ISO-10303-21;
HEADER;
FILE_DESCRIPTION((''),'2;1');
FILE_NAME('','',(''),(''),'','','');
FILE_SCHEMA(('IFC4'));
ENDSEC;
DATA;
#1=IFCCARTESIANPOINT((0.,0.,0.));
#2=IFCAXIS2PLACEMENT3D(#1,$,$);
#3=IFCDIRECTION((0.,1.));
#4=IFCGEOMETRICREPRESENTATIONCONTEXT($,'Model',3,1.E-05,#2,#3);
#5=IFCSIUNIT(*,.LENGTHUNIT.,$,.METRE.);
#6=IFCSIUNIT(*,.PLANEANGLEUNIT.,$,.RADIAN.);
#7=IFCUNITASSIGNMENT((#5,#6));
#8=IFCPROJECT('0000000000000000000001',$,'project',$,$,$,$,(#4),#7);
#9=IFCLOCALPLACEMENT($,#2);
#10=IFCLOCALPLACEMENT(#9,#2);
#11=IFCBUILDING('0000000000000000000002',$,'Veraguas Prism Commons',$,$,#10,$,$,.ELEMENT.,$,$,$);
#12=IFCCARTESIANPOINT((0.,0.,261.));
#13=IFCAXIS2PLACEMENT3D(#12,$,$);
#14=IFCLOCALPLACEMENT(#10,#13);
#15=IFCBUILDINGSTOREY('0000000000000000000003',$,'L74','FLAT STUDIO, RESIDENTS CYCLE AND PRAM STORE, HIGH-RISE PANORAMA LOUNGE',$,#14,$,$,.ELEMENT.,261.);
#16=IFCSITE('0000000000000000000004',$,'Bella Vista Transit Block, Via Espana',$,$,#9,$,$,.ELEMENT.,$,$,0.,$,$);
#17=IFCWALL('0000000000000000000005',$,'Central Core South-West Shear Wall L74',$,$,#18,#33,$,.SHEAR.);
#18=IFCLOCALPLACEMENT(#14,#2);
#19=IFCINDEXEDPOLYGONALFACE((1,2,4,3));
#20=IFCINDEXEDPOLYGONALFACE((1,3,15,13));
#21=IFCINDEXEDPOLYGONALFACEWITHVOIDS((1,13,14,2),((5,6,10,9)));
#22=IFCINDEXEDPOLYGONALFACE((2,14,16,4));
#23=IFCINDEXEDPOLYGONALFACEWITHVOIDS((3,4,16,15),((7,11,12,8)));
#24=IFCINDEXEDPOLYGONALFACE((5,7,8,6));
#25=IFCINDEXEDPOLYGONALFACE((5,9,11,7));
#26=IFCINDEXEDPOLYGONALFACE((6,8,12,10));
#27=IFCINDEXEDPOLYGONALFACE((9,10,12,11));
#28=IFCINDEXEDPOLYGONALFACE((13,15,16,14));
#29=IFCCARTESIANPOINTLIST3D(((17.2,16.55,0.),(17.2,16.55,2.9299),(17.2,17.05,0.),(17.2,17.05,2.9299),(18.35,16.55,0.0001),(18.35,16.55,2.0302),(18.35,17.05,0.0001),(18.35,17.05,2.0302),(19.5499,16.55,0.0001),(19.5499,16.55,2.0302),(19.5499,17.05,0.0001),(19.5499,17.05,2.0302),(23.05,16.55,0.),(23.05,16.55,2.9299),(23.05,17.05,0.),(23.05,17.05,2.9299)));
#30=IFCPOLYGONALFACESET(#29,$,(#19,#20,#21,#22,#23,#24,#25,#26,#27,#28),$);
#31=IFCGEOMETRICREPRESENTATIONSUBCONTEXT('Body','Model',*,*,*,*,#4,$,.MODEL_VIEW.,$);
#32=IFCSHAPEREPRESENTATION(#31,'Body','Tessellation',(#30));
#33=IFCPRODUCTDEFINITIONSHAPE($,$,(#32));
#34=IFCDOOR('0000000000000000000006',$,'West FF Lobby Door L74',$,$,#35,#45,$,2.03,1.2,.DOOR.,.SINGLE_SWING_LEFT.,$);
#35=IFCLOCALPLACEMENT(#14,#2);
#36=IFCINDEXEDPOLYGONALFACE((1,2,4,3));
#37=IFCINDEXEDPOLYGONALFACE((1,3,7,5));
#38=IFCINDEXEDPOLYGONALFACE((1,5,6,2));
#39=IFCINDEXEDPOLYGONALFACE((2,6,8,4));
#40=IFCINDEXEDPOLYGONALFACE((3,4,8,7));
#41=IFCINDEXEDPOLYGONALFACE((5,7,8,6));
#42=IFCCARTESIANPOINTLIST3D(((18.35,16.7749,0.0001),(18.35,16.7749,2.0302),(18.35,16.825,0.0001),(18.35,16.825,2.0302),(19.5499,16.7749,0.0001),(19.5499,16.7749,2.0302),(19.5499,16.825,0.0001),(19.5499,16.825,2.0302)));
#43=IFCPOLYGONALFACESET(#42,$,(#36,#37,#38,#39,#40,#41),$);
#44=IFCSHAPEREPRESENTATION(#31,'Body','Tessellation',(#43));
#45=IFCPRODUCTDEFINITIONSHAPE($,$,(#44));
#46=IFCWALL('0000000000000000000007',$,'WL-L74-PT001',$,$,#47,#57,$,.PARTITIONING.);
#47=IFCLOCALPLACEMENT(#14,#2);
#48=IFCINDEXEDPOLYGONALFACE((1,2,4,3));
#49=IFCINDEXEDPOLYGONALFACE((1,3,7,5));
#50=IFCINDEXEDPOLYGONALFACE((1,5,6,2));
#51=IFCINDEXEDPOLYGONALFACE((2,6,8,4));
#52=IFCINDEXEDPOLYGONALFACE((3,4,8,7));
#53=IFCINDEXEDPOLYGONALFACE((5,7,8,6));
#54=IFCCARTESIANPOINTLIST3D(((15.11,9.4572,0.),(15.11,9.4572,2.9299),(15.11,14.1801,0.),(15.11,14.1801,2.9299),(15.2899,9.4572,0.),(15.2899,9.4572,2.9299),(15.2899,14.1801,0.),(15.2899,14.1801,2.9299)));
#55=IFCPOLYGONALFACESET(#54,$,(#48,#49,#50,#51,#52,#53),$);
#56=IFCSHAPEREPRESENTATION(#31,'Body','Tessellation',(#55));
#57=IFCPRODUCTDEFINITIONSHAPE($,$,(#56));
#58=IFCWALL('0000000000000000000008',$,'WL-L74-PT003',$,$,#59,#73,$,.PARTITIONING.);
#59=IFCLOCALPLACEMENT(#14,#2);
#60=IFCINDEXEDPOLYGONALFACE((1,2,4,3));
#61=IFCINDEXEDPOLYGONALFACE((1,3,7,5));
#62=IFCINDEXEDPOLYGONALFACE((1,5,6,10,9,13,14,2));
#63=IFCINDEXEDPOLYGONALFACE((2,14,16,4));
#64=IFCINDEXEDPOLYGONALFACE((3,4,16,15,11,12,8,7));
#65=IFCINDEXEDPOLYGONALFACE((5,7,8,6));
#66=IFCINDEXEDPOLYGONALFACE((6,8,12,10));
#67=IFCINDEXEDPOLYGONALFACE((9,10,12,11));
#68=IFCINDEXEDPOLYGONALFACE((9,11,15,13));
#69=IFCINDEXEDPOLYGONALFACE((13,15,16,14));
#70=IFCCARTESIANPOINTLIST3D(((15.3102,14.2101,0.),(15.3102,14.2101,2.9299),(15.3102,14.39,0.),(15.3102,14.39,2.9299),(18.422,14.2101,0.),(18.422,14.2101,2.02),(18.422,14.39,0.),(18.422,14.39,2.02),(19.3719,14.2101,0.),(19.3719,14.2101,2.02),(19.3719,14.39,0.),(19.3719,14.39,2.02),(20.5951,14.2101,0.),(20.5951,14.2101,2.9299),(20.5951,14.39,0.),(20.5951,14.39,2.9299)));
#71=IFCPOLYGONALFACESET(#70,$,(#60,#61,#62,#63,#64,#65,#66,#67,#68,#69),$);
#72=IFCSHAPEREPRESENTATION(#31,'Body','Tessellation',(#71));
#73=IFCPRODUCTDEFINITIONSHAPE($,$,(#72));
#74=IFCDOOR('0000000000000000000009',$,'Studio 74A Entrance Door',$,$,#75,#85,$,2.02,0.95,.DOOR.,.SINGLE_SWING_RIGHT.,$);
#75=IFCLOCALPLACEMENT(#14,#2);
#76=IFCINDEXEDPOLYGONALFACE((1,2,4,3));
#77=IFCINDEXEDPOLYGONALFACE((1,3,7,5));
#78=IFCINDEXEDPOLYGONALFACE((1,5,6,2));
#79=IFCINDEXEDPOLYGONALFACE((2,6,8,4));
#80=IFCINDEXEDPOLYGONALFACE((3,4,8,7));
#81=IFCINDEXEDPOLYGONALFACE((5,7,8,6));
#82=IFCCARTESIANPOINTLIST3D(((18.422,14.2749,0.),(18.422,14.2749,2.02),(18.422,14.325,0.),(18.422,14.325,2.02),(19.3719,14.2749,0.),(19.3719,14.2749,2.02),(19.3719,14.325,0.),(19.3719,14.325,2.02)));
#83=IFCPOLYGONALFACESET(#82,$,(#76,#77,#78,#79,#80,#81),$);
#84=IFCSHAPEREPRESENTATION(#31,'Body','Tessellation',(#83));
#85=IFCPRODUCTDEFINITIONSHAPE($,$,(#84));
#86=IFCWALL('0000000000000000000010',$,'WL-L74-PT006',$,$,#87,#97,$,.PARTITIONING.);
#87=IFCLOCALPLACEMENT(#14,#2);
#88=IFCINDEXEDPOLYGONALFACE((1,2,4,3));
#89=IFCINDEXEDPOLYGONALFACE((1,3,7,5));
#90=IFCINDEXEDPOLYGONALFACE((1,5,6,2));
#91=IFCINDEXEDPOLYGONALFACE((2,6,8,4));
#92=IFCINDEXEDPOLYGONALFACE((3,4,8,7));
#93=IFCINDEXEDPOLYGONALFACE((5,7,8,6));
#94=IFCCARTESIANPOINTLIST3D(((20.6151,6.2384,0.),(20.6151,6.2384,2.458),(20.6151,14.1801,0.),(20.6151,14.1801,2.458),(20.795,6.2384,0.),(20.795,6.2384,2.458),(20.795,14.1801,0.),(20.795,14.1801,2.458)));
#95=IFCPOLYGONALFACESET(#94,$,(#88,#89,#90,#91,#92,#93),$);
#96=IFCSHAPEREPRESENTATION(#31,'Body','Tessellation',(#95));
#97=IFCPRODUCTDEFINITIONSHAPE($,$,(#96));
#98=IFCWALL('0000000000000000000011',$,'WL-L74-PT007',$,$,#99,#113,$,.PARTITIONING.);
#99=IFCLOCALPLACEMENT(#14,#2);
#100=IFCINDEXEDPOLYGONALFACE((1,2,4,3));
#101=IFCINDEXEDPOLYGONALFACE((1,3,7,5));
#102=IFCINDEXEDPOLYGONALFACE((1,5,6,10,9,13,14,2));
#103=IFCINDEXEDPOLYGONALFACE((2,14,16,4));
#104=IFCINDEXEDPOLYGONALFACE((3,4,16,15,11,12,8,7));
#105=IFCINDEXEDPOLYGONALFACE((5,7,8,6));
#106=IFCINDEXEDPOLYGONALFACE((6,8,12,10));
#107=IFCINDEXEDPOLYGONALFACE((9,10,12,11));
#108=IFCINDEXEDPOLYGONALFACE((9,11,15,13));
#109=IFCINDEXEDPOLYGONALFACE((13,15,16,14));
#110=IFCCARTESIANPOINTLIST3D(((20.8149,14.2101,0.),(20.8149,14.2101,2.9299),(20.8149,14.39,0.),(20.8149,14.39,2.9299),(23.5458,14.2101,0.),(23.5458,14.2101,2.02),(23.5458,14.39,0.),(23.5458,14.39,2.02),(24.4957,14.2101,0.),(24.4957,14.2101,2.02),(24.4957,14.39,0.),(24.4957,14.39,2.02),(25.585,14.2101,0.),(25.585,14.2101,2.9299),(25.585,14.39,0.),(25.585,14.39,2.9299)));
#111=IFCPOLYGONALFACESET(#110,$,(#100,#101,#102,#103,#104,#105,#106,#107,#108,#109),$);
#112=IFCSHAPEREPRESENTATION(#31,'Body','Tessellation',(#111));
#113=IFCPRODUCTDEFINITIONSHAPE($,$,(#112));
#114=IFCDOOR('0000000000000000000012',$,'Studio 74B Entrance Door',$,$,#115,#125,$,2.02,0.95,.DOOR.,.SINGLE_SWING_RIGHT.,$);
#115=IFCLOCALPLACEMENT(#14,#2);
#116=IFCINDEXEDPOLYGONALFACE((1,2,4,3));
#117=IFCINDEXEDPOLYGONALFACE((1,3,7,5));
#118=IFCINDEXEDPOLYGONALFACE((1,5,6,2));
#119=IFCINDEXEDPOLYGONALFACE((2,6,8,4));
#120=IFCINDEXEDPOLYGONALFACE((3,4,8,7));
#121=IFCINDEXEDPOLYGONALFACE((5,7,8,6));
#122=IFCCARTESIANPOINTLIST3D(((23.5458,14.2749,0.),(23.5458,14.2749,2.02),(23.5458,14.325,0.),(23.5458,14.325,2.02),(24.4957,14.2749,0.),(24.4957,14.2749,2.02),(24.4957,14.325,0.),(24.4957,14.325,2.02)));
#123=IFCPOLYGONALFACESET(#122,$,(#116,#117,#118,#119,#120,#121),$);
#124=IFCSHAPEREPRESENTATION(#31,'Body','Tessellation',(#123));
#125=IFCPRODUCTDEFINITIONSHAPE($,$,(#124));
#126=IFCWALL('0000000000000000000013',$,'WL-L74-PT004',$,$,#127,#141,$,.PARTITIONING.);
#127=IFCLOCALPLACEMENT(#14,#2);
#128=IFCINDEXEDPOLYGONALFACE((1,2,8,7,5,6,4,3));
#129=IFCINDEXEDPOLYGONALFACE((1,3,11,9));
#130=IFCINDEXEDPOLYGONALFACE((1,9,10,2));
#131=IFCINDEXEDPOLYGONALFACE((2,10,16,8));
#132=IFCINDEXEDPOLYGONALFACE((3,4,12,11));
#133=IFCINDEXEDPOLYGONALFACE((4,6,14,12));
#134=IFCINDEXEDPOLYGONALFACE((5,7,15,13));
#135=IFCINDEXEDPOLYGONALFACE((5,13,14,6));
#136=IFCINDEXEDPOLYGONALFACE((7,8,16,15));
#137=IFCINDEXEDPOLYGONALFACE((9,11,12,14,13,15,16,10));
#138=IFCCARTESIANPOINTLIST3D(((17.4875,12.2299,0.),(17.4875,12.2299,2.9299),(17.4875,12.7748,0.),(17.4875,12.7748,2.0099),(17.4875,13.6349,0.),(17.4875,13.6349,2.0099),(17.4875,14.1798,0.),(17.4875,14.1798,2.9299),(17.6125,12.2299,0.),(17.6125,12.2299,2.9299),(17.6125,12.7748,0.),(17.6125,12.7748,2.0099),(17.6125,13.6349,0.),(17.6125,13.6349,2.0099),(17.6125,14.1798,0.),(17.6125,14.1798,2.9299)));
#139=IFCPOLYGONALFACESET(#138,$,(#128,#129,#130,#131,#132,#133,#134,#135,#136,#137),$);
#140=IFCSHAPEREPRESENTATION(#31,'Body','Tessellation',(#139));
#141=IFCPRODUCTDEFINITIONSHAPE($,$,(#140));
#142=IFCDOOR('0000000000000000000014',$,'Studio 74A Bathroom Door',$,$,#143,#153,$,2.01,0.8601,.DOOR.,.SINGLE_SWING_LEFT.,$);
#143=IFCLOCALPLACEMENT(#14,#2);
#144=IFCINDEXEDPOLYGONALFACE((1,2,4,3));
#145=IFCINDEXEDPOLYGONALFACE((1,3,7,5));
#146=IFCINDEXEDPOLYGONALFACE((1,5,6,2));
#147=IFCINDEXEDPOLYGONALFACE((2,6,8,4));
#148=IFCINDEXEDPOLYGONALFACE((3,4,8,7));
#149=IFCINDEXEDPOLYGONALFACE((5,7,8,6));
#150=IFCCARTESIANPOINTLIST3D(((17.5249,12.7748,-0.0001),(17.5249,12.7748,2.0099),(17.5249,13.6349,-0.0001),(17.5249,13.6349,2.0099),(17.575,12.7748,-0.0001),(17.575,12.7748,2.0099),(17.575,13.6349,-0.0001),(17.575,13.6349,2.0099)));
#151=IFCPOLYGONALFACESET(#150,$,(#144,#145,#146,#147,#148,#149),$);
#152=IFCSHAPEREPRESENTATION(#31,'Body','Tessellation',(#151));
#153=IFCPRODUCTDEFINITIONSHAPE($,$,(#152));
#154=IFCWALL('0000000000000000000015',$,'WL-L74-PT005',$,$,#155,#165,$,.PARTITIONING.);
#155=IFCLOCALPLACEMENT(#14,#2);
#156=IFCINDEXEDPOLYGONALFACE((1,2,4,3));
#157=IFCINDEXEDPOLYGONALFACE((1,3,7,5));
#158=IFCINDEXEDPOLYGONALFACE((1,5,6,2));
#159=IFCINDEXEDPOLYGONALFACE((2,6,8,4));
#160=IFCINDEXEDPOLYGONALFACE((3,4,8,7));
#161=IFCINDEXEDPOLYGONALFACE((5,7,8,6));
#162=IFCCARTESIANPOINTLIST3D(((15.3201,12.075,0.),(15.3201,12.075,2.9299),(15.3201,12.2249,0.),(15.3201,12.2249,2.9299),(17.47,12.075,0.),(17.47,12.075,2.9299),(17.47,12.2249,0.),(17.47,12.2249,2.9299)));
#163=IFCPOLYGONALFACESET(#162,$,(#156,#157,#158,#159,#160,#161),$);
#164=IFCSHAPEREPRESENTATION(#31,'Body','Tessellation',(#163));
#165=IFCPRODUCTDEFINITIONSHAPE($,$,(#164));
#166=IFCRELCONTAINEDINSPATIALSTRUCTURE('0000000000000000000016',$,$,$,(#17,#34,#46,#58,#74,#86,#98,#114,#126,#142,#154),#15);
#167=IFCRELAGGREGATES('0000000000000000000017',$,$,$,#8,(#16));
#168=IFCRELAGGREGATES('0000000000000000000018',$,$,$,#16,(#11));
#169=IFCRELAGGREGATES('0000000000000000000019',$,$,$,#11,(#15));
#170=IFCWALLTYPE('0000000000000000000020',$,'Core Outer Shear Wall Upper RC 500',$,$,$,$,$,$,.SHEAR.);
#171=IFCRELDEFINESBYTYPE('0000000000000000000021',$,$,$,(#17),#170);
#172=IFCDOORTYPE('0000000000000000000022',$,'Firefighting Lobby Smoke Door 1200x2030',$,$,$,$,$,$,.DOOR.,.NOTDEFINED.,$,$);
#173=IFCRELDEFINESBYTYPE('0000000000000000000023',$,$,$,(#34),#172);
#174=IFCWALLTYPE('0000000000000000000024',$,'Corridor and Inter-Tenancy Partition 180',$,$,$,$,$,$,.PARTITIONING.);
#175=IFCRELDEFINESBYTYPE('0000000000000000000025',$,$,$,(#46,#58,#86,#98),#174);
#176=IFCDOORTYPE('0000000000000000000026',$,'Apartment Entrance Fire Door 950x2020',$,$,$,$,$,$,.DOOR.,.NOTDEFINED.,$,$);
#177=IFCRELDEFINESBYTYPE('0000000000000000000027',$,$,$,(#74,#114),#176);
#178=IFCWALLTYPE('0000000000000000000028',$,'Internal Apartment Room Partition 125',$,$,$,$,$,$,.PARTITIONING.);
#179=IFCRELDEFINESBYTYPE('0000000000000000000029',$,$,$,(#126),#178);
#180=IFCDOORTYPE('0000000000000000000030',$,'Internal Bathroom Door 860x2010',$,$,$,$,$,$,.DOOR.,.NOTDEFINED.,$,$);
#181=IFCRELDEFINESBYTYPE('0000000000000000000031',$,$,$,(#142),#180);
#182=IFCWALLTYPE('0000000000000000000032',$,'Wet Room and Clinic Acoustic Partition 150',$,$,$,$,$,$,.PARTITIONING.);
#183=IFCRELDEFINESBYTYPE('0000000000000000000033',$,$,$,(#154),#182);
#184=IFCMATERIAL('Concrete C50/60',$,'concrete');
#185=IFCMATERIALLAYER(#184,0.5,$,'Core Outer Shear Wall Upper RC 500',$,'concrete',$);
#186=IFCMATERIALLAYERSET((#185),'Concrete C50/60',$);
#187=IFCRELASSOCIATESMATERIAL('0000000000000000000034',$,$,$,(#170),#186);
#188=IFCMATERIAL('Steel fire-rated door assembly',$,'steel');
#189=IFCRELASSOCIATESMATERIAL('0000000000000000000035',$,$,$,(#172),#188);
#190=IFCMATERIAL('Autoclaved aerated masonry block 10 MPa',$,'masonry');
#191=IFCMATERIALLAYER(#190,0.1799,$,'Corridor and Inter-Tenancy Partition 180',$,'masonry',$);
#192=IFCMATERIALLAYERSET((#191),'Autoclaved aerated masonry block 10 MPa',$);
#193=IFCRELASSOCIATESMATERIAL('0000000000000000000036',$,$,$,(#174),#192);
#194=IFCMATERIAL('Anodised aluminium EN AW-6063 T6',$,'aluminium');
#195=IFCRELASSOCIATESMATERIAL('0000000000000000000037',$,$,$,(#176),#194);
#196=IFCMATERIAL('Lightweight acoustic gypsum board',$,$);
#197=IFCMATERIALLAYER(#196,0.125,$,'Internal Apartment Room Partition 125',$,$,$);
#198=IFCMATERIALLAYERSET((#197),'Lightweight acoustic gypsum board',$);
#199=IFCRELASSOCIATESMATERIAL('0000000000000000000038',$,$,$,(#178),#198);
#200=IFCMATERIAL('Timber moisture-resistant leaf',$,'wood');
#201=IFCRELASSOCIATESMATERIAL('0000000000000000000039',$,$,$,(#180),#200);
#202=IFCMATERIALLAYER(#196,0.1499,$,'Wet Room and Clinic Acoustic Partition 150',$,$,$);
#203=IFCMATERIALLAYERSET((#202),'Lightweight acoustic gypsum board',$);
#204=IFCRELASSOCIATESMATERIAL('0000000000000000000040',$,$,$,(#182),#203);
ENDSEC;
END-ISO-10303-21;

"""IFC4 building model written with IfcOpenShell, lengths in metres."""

from ifc_helpers import new_model, si_unit, direction, frame, frame_2d, origin, place, context, subcontext, project, spatial, rectangle, extrude, source, transform, mapped, material, layer, layer_set, type_object, element, fill, save


model = new_model("IFC4")

# Units and contexts
model_context = context("Model", 3, precision=1e-05, world=origin(), true_north=direction((0.0, 1.0)))
body_context = subcontext(model_context, "Body", "Model", "MODEL_VIEW")
ifc_project = project(units=[si_unit("LENGTHUNIT", "METRE"), si_unit("PLANEANGLEUNIT", "RADIAN")], contexts=[model_context])

# Site, building, storey
site_placement = place(None, origin())
site = spatial("IfcSite", under=ifc_project, at=site_placement, Name="Bella Vista Transit Block, Via Espana", CompositionType="ELEMENT", RefElevation=0.0)
building_placement = place(site_placement, origin())
building = spatial("IfcBuilding", under=site, at=building_placement, Name="Veraguas Prism Commons", CompositionType="ELEMENT")
storey_placement = place(building_placement, frame((0.0, 0.0, 261.0)))
storey = spatial("IfcBuildingStorey", under=building, at=storey_placement, Name="L74", Description="FLAT STUDIO, RESIDENTS CYCLE AND PRAM STORE, HIGH-RISE PANORAMA LOUNGE", CompositionType="ELEMENT", Elevation=261.0)

# Shared definitions
ifc_material_1 = material(Name="Concrete C50/60", Category="concrete")

# Shared definitions
ifc_material_2 = material(Name="Steel fire-rated door assembly", Category="steel")

# Shared definitions
ifc_layer_1 = layer(ifc_material_1, 0.5, Name="Core Outer Shear Wall Upper RC 500", Category="concrete")
ifc_layer_set_1 = layer_set([ifc_layer_1], Name="Concrete C50/60")
wall_type_1 = type_object("IfcWallType", Name="Core Outer Shear Wall Upper RC 500", PredefinedType="SHEAR", material=ifc_layer_set_1)

# Wall, opening, door
wall_1_placement = place(storey_placement, frame((17.2, 16.8, 0.0), z_axis=(0.0, 0.0, 1.0), x_axis=(1.0, 0.0, 0.0)))
wall_1 = element("IfcWall", 1, at=wall_1_placement, inside=storey, type_object=wall_type_1, Name="Central Core South-West Shear Wall L74", PredefinedType="SHEAR", context=body_context, shape_type="SweptSolid", body=[
    extrude(rectangle(XDim=5.8501, YDim=0.5, at=frame_2d((2.925, 0.0))), origin(), (0.0, 0.0, 1.0), 2.9299),
])
opening_1_placement = place(wall_1_placement, frame((1.1499, 0.0, 0.0)))
opening_1 = element("IfcOpeningElement", 2, at=opening_1_placement, cuts=wall_1, PredefinedType="OPENING", context=body_context, shape_type="SweptSolid", body=[
    extrude(rectangle(XDim=1.2, YDim=2.03, at=frame_2d((0.6001, 1.0151))), frame((0.0, 0.26, 0.0), z_axis=(0.0, -1.0, 0.0), x_axis=(1.0, 0.0, 0.0)), (0.0, 0.0, 1.0), 0.52),
])
door_type_1 = type_object("IfcDoorType", Name="Firefighting Lobby Smoke Door 1200x2030", OperationType="NOTDEFINED", PredefinedType="DOOR", material=ifc_material_2)
shared_shape_1 = source(origin(), body_context, "Body", "SweptSolid", [
    extrude(rectangle(XDim=1.2, YDim=2.03, at=frame_2d((0.6001, 1.0151))), frame((0.0, 0.0249, 0.0), z_axis=(0.0, -1.0, 0.0), x_axis=(1.0, 0.0, 0.0)), (0.0, 0.0, 1.0), 0.05),
])
door_1_placement = place(opening_1_placement, origin())
door_1 = element("IfcDoor", 3, at=door_1_placement, inside=storey, type_object=door_type_1, Name="West FF Lobby Door L74", OperationType="SINGLE_SWING_LEFT", OverallHeight=2.03, OverallWidth=1.2, PredefinedType="DOOR", context=body_context, shape_type="MappedRepresentation", body=[
    mapped(shared_shape_1, transform((0.0, 0.0, 0.0), scale=1.0)),
])
fill(opening_1, door_1)

# Wall
ifc_material_3 = material(Name="Autoclaved aerated masonry block 10 MPa", Category="masonry")
ifc_layer_2 = layer(ifc_material_3, 0.1799, Name="Corridor and Inter-Tenancy Partition 180", Category="masonry")
ifc_layer_set_2 = layer_set([ifc_layer_2], Name="Autoclaved aerated masonry block 10 MPa")
wall_type_2 = type_object("IfcWallType", Name="Corridor and Inter-Tenancy Partition 180", PredefinedType="PARTITIONING", material=ifc_layer_set_2)
wall_2_placement = place(storey_placement, frame((15.2, 14.1799, 0.0), z_axis=(0.0, 0.0, 1.0), x_axis=(0.0, -1.0, 0.0)))
element("IfcWall", 4, at=wall_2_placement, inside=storey, type_object=wall_type_2, Name="WL-L74-PT001", PredefinedType="PARTITIONING", context=body_context, shape_type="SweptSolid", body=[
    extrude(rectangle(XDim=4.7229, YDim=0.1799, at=frame_2d((2.3613, 0.0))), origin(), (0.0, 0.0, 1.0), 2.9299),
])

# Wall, opening, door
wall_3_placement = place(storey_placement, frame((15.3101, 14.3, 0.0), z_axis=(0.0, 0.0, 1.0), x_axis=(1.0, 0.0, 0.0)))
wall_3 = element("IfcWall", 5, at=wall_3_placement, inside=storey, type_object=wall_type_2, Name="WL-L74-PT003", PredefinedType="PARTITIONING", context=body_context, shape_type="SweptSolid", body=[
    extrude(rectangle(XDim=5.2849, YDim=0.1799, at=frame_2d((2.6426, 0.0))), origin(), (0.0, 0.0, 1.0), 2.9299),
])
opening_2_placement = place(wall_3_placement, frame((3.1118, 0.0, 0.0)))
opening_2 = element("IfcOpeningElement", 6, at=opening_2_placement, cuts=wall_3, PredefinedType="OPENING", context=body_context, shape_type="SweptSolid", body=[
    extrude(rectangle(XDim=0.95, YDim=2.02, at=frame_2d((0.4751, 1.01))), frame((0.0, 0.0999, 0.0), z_axis=(0.0, -1.0, 0.0), x_axis=(1.0, 0.0, 0.0)), (0.0, 0.0, 1.0), 0.2),
])
ifc_material_4 = material(Name="Anodised aluminium EN AW-6063 T6", Category="aluminium")
door_type_2 = type_object("IfcDoorType", Name="Apartment Entrance Fire Door 950x2020", OperationType="NOTDEFINED", PredefinedType="DOOR", material=ifc_material_4)
shared_shape_2 = source(origin(), body_context, "Body", "SweptSolid", [
    extrude(rectangle(XDim=0.95, YDim=2.02, at=frame_2d((0.4751, 1.01))), frame((0.0, 0.0249, 0.0), z_axis=(0.0, -1.0, 0.0), x_axis=(1.0, 0.0, 0.0)), (0.0, 0.0, 1.0), 0.05),
])
door_2_placement = place(opening_2_placement, origin())
door_2 = element("IfcDoor", 7, at=door_2_placement, inside=storey, type_object=door_type_2, Name="Studio 74A Entrance Door", OperationType="SINGLE_SWING_RIGHT", OverallHeight=2.02, OverallWidth=0.95, PredefinedType="DOOR", context=body_context, shape_type="MappedRepresentation", body=[
    mapped(shared_shape_2, transform((0.0, 0.0, 0.0), scale=1.0)),
])
fill(opening_2, door_2)

# Wall
wall_4_placement = place(storey_placement, frame((20.7051, 14.1799, 0.0), z_axis=(0.0, 0.0, 1.0), x_axis=(0.0, -1.0, 0.0)))
element("IfcWall", 8, at=wall_4_placement, inside=storey, type_object=wall_type_2, Name="WL-L74-PT006", PredefinedType="PARTITIONING", context=body_context, shape_type="SweptSolid", body=[
    extrude(rectangle(XDim=7.9417, YDim=0.1799, at=frame_2d((3.9707, 0.0))), origin(), (0.0, 0.0, 1.0), 2.458),
])

# Walls, openings, doors
wall_5_placement = place(storey_placement, frame((20.8149, 14.3, 0.0), z_axis=(0.0, 0.0, 1.0), x_axis=(1.0, 0.0, 0.0)))
wall_5 = element("IfcWall", 9, at=wall_5_placement, inside=storey, type_object=wall_type_2, Name="WL-L74-PT007", PredefinedType="PARTITIONING", context=body_context, shape_type="SweptSolid", body=[
    extrude(rectangle(XDim=4.77, YDim=0.1799, at=frame_2d((2.385, 0.0))), origin(), (0.0, 0.0, 1.0), 2.9299),
])
opening_3_placement = place(wall_5_placement, frame((2.7307, 0.0, 0.0)))
opening_3 = element("IfcOpeningElement", 10, at=opening_3_placement, cuts=wall_5, PredefinedType="OPENING", context=body_context, shape_type="SweptSolid", body=[
    extrude(rectangle(XDim=0.95, YDim=2.02, at=frame_2d((0.4751, 1.01))), frame((0.0, 0.0999, 0.0), z_axis=(0.0, -1.0, 0.0), x_axis=(1.0, 0.0, 0.0)), (0.0, 0.0, 1.0), 0.2),
])
door_3_placement = place(opening_3_placement, origin())
door_3 = element("IfcDoor", 11, at=door_3_placement, inside=storey, type_object=door_type_2, Name="Studio 74B Entrance Door", OperationType="SINGLE_SWING_RIGHT", OverallHeight=2.02, OverallWidth=0.95, PredefinedType="DOOR", context=body_context, shape_type="MappedRepresentation", body=[
    mapped(shared_shape_2, transform((0.0, 0.0, 0.0), scale=1.0)),
])
fill(opening_3, door_3)
ifc_material_5 = material(Name="Lightweight acoustic gypsum board")
ifc_layer_3 = layer(ifc_material_5, 0.125, Name="Internal Apartment Room Partition 125")
ifc_layer_set_3 = layer_set([ifc_layer_3], Name="Lightweight acoustic gypsum board")
wall_type_3 = type_object("IfcWallType", Name="Internal Apartment Room Partition 125", PredefinedType="PARTITIONING", material=ifc_layer_set_3)
wall_6_placement = place(storey_placement, frame((17.55, 14.1799, 0.0), z_axis=(0.0, 0.0, 1.0), x_axis=(0.0, -1.0, 0.0)))
wall_6 = element("IfcWall", 12, at=wall_6_placement, inside=storey, type_object=wall_type_3, Name="WL-L74-PT004", PredefinedType="PARTITIONING", context=body_context, shape_type="SweptSolid", body=[
    extrude(rectangle(XDim=1.95, YDim=0.125, at=frame_2d((0.9751, 0.0))), origin(), (0.0, 0.0, 1.0), 2.9299),
])
opening_4_placement = place(wall_6_placement, frame((0.5449, 0.0, 0.0)))
opening_4 = element("IfcOpeningElement", 13, at=opening_4_placement, cuts=wall_6, PredefinedType="OPENING", context=body_context, shape_type="SweptSolid", body=[
    extrude(rectangle(XDim=0.8601, YDim=2.01, at=frame_2d((0.4302, 1.0049))), frame((0.0, 0.0725, 0.0), z_axis=(0.0, -1.0, 0.0), x_axis=(1.0, 0.0, 0.0)), (0.0, 0.0, 1.0), 0.145),
])
ifc_material_6 = material(Name="Timber moisture-resistant leaf", Category="wood")
door_type_3 = type_object("IfcDoorType", Name="Internal Bathroom Door 860x2010", OperationType="NOTDEFINED", PredefinedType="DOOR", material=ifc_material_6)
shared_shape_3 = source(origin(), body_context, "Body", "SweptSolid", [
    extrude(rectangle(XDim=0.8601, YDim=2.01, at=frame_2d((0.4302, 1.0049))), frame((0.0, 0.0249, 0.0), z_axis=(0.0, -1.0, 0.0), x_axis=(1.0, 0.0, 0.0)), (0.0, 0.0, 1.0), 0.05),
])
door_4_placement = place(opening_4_placement, origin())
door_4 = element("IfcDoor", 14, at=door_4_placement, inside=storey, type_object=door_type_3, Name="Studio 74A Bathroom Door", OperationType="SINGLE_SWING_LEFT", OverallHeight=2.01, OverallWidth=0.8601, PredefinedType="DOOR", context=body_context, shape_type="MappedRepresentation", body=[
    mapped(shared_shape_3, transform((0.0, 0.0, 0.0), scale=1.0)),
])
fill(opening_4, door_4)

# Wall
ifc_layer_4 = layer(ifc_material_5, 0.1499, Name="Wet Room and Clinic Acoustic Partition 150")
ifc_layer_set_4 = layer_set([ifc_layer_4], Name="Lightweight acoustic gypsum board")
wall_type_4 = type_object("IfcWallType", Name="Wet Room and Clinic Acoustic Partition 150", PredefinedType="PARTITIONING", material=ifc_layer_set_4)
wall_7_placement = place(storey_placement, frame((15.3201, 12.1499, 0.0), z_axis=(0.0, 0.0, 1.0), x_axis=(1.0, 0.0, 0.0)))
element("IfcWall", 15, at=wall_7_placement, inside=storey, type_object=wall_type_4, Name="WL-L74-PT005", PredefinedType="PARTITIONING", context=body_context, shape_type="SweptSolid", body=[
    extrude(rectangle(XDim=2.1499, YDim=0.1499, at=frame_2d((1.075, 0.0))), origin(), (0.0, 0.0, 1.0), 2.9299),
])

save(model, "model.ifc")
